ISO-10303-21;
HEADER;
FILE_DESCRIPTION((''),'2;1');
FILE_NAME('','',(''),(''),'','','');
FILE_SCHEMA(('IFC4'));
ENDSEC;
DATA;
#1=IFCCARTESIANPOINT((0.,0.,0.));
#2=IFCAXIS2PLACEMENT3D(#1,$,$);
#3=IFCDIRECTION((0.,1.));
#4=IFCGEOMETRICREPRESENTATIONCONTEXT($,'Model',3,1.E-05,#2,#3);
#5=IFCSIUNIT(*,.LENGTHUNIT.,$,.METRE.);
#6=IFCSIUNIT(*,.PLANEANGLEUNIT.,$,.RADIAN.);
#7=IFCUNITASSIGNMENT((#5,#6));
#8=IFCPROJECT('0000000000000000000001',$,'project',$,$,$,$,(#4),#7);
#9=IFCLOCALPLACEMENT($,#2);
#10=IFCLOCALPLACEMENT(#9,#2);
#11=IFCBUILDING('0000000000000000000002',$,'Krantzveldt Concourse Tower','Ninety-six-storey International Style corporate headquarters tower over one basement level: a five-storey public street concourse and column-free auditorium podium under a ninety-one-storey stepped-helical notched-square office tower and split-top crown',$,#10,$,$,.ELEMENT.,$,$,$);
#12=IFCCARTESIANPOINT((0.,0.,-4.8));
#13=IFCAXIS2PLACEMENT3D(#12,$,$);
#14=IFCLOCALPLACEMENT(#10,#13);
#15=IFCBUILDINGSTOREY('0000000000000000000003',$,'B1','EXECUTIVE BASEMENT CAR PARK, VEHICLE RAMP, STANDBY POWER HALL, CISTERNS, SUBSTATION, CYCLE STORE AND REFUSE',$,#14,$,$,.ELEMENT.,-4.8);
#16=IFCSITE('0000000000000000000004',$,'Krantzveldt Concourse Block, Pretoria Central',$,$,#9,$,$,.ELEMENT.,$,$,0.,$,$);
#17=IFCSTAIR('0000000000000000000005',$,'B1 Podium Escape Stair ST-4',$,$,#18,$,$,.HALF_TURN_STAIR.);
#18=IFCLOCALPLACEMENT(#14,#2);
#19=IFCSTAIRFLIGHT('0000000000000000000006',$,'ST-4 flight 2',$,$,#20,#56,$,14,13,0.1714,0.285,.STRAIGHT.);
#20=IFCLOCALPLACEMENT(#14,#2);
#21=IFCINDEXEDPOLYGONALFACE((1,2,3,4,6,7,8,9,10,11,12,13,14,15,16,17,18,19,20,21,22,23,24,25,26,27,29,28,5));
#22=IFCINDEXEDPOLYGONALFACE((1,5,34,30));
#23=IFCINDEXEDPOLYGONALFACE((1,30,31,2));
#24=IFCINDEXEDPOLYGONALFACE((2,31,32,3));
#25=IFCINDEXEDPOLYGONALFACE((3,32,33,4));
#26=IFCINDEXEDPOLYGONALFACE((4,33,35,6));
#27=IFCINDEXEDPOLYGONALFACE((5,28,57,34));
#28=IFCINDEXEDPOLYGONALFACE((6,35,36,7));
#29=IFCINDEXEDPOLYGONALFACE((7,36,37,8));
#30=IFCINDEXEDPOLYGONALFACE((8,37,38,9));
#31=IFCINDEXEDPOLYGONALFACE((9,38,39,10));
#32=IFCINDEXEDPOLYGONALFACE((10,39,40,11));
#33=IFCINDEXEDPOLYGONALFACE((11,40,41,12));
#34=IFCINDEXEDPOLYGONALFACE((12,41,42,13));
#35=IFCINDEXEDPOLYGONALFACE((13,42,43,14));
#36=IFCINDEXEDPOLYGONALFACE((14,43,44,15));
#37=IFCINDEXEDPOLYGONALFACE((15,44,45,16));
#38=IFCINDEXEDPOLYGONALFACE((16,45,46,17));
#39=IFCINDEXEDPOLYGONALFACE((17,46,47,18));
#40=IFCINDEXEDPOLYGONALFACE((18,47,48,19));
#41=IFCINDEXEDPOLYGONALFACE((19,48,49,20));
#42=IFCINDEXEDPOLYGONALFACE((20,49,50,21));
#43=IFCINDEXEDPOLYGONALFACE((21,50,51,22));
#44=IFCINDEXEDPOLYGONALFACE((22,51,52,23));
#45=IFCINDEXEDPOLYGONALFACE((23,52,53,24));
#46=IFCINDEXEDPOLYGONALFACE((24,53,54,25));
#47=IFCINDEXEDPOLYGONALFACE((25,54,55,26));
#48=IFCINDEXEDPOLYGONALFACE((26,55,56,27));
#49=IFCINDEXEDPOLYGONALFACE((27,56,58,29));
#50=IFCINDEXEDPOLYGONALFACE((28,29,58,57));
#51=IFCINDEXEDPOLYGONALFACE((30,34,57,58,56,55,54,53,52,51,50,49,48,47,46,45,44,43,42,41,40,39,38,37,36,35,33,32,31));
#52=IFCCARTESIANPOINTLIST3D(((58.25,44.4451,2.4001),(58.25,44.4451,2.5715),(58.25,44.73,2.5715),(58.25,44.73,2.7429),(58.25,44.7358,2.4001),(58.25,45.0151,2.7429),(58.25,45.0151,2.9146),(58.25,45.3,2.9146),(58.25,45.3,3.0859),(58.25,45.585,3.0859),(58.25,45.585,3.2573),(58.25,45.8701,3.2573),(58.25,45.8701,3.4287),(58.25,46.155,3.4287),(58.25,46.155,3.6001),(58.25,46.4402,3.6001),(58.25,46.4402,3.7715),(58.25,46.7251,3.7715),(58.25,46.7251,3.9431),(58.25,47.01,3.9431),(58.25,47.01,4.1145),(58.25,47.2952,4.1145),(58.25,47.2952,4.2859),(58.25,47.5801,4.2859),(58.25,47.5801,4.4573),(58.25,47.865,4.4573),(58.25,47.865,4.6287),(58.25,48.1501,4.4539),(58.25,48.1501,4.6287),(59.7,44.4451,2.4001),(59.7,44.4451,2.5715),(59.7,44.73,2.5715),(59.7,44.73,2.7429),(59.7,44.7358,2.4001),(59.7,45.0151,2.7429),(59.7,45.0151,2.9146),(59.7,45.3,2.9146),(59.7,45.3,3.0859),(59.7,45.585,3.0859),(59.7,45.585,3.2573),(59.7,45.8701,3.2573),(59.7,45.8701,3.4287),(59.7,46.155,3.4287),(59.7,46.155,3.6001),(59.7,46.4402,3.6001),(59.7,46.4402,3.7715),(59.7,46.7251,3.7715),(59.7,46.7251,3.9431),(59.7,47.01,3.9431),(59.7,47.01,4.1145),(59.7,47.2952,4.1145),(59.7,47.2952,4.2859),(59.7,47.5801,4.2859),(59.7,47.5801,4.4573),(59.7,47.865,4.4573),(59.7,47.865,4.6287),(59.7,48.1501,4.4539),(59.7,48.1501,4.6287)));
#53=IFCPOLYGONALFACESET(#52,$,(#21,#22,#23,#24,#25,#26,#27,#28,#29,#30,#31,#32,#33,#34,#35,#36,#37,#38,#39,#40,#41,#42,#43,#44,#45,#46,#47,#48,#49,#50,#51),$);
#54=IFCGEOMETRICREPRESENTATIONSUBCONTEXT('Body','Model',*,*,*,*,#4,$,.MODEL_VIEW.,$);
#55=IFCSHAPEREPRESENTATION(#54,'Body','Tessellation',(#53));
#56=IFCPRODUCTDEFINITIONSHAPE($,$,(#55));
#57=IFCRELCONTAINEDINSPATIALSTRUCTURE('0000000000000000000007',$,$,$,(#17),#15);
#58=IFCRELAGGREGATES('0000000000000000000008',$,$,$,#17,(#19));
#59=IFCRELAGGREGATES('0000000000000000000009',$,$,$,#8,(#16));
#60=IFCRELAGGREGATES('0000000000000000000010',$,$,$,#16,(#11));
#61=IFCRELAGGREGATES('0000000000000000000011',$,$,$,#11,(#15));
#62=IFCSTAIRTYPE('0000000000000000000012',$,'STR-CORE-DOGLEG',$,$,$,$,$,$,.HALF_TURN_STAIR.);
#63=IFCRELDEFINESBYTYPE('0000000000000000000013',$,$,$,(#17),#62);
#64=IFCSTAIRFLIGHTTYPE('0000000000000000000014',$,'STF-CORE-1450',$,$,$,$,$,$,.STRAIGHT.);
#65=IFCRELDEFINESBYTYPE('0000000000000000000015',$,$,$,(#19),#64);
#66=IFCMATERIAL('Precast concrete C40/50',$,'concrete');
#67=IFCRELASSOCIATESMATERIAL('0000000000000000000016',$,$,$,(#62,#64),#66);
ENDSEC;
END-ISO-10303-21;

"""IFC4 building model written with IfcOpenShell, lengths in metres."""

from ifc_helpers import new_model, si_unit, direction, frame, origin, place, context, subcontext, project, spatial, polyline, outline, extrude, material, type_object, element, aggregate, save


model = new_model("IFC4")

# Units and contexts
model_context = context("Model", 3, precision=1e-05, world=origin(), true_north=direction((0.0, 1.0)))
body_context = subcontext(model_context, "Body", "Model", "MODEL_VIEW")
ifc_project = project(units=[si_unit("LENGTHUNIT", "METRE"), si_unit("PLANEANGLEUNIT", "RADIAN")], contexts=[model_context])

# Site, building, storey
site_placement = place(None, origin())
site = spatial("IfcSite", under=ifc_project, at=site_placement, Name="Krantzveldt Concourse Block, Pretoria Central", CompositionType="ELEMENT", RefElevation=0.0)
building_placement = place(site_placement, origin())
building = spatial("IfcBuilding", under=site, at=building_placement, Name="Krantzveldt Concourse Tower", Description="Ninety-six-storey International Style corporate headquarters tower over one basement level: a five-storey public street concourse and column-free auditorium podium under a ninety-one-storey stepped-helical notched-square office tower and split-top crown", CompositionType="ELEMENT")
storey_placement = place(building_placement, frame((0.0, 0.0, -4.8)))
storey = spatial("IfcBuildingStorey", under=building, at=storey_placement, Name="B1", Description="EXECUTIVE BASEMENT CAR PARK, VEHICLE RAMP, STANDBY POWER HALL, CISTERNS, SUBSTATION, CYCLE STORE AND REFUSE", CompositionType="ELEMENT", Elevation=-4.8)

# Stair, stair flight
ifc_material_1 = material(Name="Precast concrete C40/50", Category="concrete")
stair_type = type_object("IfcStairType", Name="STR-CORE-DOGLEG", PredefinedType="HALF_TURN_STAIR", material=ifc_material_1)
stair_placement = place(storey_placement, origin())
stair = element("IfcStair", 1, at=stair_placement, inside=storey, type_object=stair_type, Name="B1 Podium Escape Stair ST-4", PredefinedType="HALF_TURN_STAIR")
stair_flight_type = type_object("IfcStairFlightType", Name="STF-CORE-1450", PredefinedType="STRAIGHT", material=ifc_material_1)
stair_flight_1_placement = place(storey_placement, frame((58.9751, 44.4451, 2.4001), z_axis=(0.0, 0.0, 1.0), x_axis=(0.0, 1.0, 0.0)))
stair_flight_1 = element("IfcStairFlight", 2, at=stair_flight_1_placement, type_object=stair_flight_type, Name="ST-4 flight 2", NumberOfRisers=14, NumberOfTreads=13, PredefinedType="STRAIGHT", RiserHeight=0.1714, TreadLength=0.285, context=body_context, shape_type="SweptSolid", body=[
    extrude(outline(polyline([(0.0, 0.0), (0.0, 0.1714), (0.2849, 0.1714), (0.2849, 0.3428), (0.5701, 0.3428), (0.5701, 0.5144), (0.855, 0.5144), (0.855, 0.6858), (1.1399, 0.6858), (1.1399, 0.8572), (1.425, 0.8572), (1.425, 1.0286), (1.71, 1.0286), (1.71, 1.2), (1.9951, 1.2), (1.9951, 1.3713), (2.28, 1.3713), (2.28, 1.543), (2.5649, 1.543), (2.5649, 1.7144), (2.8501, 1.7144), (2.8501, 1.8857), (3.135, 1.8857), (3.135, 2.0571), (3.4199, 2.0571), (3.4199, 2.2285), (3.7051, 2.2285), (3.7051, 2.3999), (3.7051, 2.0537), (0.2908, 0.0), (0.0, 0.0)])), frame((0.0, 0.7251, 0.0), z_axis=(0.0, -1.0, 0.0), x_axis=(1.0, 0.0, 0.0)), (0.0, 0.0, 1.0), 1.45),
])
aggregate(stair, [stair_flight_1])

save(model, "model.ifc")
